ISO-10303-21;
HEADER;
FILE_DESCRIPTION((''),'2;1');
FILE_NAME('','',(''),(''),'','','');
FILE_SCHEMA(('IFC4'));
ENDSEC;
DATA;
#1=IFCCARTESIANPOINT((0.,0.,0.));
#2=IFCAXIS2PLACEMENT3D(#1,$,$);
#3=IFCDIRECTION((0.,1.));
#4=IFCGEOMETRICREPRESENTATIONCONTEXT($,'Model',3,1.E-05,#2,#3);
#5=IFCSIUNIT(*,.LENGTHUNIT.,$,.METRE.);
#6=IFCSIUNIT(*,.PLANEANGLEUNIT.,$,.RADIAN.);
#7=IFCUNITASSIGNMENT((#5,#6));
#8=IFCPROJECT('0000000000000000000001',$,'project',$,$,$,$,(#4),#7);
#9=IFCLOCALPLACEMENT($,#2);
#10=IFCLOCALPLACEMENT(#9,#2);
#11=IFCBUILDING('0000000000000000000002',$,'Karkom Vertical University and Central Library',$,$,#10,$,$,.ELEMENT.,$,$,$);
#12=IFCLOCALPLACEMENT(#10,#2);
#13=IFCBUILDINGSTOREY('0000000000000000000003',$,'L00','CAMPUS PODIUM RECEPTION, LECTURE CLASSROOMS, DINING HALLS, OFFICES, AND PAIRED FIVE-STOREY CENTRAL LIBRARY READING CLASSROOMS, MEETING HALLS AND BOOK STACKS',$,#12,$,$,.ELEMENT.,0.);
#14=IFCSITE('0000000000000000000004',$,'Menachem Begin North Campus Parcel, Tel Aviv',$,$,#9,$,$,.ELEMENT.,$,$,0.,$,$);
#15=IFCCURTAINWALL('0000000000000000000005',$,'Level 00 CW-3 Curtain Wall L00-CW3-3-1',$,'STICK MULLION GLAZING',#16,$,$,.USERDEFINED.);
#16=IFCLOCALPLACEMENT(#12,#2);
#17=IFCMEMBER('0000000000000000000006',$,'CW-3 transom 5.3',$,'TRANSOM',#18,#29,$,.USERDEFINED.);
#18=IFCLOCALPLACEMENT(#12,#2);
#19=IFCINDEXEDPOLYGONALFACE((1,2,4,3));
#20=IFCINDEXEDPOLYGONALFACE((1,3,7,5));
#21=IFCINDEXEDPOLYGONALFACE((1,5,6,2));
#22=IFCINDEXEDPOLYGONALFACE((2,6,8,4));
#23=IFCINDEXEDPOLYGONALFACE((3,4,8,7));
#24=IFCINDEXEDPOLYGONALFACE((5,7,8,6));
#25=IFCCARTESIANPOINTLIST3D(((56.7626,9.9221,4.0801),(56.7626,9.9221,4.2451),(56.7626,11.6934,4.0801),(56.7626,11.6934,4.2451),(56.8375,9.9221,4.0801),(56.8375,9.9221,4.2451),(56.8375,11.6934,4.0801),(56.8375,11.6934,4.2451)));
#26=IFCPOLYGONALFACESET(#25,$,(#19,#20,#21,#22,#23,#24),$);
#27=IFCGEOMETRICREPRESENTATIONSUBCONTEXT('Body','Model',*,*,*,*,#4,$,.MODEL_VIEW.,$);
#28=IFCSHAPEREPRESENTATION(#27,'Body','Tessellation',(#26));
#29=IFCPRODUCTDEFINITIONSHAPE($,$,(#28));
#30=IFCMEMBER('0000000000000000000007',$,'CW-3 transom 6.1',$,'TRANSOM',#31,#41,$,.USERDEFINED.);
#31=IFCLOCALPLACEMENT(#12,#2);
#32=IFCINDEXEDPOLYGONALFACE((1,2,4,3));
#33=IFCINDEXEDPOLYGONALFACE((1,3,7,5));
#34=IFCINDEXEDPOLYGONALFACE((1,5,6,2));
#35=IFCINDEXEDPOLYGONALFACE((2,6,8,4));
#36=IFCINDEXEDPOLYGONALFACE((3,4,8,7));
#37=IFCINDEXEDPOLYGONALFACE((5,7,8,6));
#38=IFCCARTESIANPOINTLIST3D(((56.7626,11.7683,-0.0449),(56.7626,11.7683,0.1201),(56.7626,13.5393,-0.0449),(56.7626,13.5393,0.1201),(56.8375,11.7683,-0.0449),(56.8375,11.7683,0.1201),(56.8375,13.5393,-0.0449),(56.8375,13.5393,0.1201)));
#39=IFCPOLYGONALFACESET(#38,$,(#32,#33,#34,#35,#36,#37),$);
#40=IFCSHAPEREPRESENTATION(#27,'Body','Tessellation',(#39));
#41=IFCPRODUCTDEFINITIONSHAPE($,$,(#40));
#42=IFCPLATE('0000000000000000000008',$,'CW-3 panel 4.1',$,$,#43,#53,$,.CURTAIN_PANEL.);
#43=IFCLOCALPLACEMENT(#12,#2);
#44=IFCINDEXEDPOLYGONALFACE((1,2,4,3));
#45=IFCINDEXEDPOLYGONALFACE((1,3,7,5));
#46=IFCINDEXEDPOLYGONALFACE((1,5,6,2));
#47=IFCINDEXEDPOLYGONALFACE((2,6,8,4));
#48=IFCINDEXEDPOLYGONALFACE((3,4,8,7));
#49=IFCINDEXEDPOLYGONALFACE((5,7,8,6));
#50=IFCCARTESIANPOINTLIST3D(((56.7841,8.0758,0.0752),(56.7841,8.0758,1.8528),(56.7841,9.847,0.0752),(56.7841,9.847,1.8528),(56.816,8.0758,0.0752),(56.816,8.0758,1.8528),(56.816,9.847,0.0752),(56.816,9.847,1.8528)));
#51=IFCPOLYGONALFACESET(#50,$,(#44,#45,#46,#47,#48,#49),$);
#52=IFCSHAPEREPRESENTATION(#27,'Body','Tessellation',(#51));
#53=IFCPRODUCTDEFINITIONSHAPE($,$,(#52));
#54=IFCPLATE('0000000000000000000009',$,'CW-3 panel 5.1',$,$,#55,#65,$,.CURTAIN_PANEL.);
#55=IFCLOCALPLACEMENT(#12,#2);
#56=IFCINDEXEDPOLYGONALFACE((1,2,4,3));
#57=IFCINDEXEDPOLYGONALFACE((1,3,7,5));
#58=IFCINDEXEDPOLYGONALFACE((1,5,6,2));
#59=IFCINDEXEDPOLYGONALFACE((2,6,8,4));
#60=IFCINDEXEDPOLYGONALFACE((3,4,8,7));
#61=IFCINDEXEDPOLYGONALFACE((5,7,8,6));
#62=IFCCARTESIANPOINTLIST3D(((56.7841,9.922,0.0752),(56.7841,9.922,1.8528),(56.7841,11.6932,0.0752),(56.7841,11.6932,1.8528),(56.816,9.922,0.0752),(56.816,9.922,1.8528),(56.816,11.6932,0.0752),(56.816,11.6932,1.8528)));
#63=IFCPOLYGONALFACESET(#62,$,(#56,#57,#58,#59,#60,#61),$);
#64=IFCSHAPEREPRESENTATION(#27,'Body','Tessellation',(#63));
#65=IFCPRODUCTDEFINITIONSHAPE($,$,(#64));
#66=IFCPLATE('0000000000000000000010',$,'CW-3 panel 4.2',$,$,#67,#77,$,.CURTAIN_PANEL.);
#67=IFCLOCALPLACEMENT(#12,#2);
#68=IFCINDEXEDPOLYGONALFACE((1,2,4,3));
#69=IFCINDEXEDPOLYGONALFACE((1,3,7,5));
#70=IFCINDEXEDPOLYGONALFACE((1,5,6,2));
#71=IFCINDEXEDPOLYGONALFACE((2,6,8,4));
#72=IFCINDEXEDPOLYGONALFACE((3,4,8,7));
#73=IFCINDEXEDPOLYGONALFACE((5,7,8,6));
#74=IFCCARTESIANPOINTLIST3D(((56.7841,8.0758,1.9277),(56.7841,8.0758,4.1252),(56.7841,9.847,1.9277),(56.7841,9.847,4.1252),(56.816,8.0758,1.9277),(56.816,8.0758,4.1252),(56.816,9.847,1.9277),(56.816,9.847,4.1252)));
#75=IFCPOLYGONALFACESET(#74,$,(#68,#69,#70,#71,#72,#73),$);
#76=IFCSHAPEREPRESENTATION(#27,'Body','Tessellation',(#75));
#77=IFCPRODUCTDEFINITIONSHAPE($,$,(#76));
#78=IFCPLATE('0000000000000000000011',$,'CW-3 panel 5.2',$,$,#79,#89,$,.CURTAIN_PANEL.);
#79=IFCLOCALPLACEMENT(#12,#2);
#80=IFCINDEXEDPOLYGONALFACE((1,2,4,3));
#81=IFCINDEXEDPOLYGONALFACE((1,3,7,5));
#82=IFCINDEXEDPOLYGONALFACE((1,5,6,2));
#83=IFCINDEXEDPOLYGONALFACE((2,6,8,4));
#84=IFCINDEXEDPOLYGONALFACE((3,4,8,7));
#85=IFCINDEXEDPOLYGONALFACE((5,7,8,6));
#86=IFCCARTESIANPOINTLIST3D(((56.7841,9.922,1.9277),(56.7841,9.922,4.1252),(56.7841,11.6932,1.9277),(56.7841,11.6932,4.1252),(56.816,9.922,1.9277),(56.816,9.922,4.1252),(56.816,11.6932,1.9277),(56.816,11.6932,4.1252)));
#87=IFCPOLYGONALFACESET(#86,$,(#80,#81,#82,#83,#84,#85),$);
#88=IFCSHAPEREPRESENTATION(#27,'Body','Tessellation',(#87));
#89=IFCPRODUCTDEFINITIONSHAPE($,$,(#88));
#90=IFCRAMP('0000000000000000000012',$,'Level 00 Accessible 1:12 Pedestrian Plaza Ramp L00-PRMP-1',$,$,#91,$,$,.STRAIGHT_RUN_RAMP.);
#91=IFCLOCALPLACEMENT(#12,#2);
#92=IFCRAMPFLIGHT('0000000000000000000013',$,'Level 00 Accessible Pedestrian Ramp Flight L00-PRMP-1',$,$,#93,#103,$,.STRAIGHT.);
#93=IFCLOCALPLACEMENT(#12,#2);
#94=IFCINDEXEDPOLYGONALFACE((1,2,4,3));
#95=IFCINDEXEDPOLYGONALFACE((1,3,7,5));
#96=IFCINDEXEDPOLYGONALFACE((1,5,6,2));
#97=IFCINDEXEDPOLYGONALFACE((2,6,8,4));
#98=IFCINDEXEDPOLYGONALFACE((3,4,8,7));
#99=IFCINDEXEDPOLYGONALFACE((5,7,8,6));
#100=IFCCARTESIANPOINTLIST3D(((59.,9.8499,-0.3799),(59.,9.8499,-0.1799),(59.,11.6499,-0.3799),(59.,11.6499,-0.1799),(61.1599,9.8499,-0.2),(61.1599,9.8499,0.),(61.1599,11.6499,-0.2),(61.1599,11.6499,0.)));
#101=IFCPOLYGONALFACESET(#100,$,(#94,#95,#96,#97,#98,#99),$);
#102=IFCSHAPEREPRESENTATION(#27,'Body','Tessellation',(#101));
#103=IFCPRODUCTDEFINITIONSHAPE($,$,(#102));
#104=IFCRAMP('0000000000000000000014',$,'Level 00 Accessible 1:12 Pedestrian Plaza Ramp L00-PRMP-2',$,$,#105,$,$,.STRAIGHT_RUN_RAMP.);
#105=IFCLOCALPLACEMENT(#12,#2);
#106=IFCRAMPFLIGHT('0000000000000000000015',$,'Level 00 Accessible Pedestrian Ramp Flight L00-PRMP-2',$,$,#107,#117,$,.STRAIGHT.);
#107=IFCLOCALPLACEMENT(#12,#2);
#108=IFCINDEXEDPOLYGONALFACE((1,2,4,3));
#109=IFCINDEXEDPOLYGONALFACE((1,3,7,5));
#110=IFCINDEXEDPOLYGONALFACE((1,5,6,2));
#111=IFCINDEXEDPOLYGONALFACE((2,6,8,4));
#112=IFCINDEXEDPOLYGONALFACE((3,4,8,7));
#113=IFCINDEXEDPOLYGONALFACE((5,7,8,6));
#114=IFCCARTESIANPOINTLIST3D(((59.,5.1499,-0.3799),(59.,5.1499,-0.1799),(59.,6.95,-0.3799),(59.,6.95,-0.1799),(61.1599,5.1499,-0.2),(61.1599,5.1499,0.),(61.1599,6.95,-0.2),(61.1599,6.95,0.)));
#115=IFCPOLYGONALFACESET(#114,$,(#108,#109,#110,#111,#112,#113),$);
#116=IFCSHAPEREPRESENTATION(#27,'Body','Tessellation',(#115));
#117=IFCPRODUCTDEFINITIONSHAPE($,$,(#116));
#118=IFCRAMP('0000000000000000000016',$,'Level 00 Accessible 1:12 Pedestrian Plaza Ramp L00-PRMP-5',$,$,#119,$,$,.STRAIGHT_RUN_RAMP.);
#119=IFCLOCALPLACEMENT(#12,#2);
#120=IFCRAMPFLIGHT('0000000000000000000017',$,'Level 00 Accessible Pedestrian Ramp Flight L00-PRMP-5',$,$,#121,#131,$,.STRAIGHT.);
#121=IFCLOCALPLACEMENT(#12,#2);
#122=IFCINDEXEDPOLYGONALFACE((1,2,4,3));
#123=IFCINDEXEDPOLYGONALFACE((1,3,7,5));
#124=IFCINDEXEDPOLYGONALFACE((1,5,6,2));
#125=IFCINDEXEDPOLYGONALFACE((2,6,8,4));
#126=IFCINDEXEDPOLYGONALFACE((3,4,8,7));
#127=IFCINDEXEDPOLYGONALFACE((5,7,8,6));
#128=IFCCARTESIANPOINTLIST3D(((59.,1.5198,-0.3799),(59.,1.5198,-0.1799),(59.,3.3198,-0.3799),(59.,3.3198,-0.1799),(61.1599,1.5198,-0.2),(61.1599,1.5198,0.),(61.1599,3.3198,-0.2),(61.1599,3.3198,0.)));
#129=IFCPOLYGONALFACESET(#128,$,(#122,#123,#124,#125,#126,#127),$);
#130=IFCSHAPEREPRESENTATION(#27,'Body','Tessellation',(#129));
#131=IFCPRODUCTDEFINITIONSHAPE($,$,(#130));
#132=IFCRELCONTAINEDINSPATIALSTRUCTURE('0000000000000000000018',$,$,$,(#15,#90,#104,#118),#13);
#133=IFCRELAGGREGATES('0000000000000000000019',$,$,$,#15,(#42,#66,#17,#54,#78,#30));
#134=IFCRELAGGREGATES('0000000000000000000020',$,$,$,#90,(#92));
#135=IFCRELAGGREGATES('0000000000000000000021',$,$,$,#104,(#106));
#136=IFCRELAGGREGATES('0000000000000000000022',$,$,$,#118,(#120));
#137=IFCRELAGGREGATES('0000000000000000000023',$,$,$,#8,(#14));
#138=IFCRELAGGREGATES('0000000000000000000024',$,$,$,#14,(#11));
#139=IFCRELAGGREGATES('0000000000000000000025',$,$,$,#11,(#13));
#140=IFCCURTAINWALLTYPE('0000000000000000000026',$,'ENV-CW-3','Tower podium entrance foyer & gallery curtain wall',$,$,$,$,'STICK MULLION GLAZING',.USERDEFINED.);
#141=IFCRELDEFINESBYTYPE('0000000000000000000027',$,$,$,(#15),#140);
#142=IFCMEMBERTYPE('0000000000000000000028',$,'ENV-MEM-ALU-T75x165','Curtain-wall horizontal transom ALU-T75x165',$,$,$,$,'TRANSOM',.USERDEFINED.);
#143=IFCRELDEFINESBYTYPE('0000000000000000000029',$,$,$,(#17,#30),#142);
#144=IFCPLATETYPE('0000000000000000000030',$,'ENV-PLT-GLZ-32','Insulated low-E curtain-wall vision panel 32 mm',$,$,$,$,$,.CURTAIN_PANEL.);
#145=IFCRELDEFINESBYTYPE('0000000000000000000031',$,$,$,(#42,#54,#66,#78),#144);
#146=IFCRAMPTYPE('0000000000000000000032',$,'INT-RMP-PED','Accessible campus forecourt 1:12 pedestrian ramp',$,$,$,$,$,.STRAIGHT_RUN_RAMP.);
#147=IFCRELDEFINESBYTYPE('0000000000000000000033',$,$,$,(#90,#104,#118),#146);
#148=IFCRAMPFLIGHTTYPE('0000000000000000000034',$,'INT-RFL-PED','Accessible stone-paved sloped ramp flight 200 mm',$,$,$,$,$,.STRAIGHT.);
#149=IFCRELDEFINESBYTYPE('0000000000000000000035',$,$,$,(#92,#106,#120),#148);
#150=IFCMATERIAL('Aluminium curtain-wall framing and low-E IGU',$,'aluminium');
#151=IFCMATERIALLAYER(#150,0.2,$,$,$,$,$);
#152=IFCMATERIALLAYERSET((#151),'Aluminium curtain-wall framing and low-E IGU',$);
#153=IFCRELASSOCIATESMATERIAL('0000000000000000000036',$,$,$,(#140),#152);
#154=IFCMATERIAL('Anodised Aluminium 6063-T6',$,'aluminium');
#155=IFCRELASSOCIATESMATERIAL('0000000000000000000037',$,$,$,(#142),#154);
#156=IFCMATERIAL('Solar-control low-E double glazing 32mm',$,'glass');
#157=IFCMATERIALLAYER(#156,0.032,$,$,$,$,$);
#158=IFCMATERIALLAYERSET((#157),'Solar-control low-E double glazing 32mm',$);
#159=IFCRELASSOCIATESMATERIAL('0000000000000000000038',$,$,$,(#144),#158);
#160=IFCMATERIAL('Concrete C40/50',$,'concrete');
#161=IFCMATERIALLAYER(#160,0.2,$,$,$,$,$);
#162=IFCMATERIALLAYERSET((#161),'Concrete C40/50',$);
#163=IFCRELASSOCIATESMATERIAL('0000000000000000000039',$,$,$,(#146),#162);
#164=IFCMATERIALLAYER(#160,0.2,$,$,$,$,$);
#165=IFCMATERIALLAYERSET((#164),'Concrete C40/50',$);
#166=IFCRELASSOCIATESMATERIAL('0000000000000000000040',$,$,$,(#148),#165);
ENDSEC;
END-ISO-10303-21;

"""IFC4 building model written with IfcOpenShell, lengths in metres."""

from ifc_helpers import new_model, si_unit, direction, frame, origin, origin_with_axes, origin_2d, place, context, subcontext, project, spatial, polyline, rectangle, outline, extrude, source, transform, mapped, material, layer, layer_set, material_profile, profile_set, type_object, element, aggregate, save


model = new_model("IFC4")

# Units and contexts
model_context = context("Model", 3, precision=1e-05, world=origin(), true_north=direction((0.0, 1.0)))
body_context = subcontext(model_context, "Body", "Model", "MODEL_VIEW")
ifc_project = project(units=[si_unit("LENGTHUNIT", "METRE"), si_unit("PLANEANGLEUNIT", "RADIAN")], contexts=[model_context])

# Site, building, storey
site_placement = place(None, origin())
site = spatial("IfcSite", under=ifc_project, at=site_placement, Name="Menachem Begin North Campus Parcel, Tel Aviv", CompositionType="ELEMENT", RefElevation=0.0)
building_placement = place(site_placement, origin())
building = spatial("IfcBuilding", under=site, at=building_placement, Name="Karkom Vertical University and Central Library", CompositionType="ELEMENT")
storey_placement = place(building_placement, origin())
storey = spatial("IfcBuildingStorey", under=building, at=storey_placement, Name="L00", Description="CAMPUS PODIUM RECEPTION, LECTURE CLASSROOMS, DINING HALLS, OFFICES, AND PAIRED FIVE-STOREY CENTRAL LIBRARY READING CLASSROOMS, MEETING HALLS AND BOOK STACKS", CompositionType="ELEMENT", Elevation=0.0)

# Shared definitions
ifc_material_1 = material(Name="Concrete C40/50", Category="concrete")

# Curtain wall, members, plates
ifc_material_2 = material(Name="Aluminium curtain-wall framing and low-E IGU", Category="aluminium")
ifc_layer_1 = layer(ifc_material_2, 0.2)
ifc_layer_set_1 = layer_set([ifc_layer_1], Name="Aluminium curtain-wall framing and low-E IGU")
curtain_wall_type = type_object("IfcCurtainWallType", Name="ENV-CW-3", Description="Tower podium entrance foyer & gallery curtain wall", ElementType="STICK MULLION GLAZING", PredefinedType="USERDEFINED", material=ifc_layer_set_1)
curtain_wall_placement = place(storey_placement, origin())
curtain_wall = element("IfcCurtainWall", 1, at=curtain_wall_placement, inside=storey, type_object=curtain_wall_type, Name="Level 00 CW-3 Curtain Wall L00-CW3-3-1", ObjectType="STICK MULLION GLAZING", PredefinedType="USERDEFINED")
ifc_material_3 = material(Name="Anodised Aluminium 6063-T6", Category="aluminium")
ifc_material_profile_1 = material_profile(ifc_material_3, rectangle(XDim=0.075, YDim=0.165, at=origin_2d()), Name="ALU-T75x165")
ifc_profile_set_1 = profile_set([ifc_material_profile_1], Name="Anodised Aluminium 6063-T6")
member_type_1 = type_object("IfcMemberType", Name="ENV-MEM-ALU-T75x165", Description="Curtain-wall horizontal transom ALU-T75x165", ElementType="TRANSOM", PredefinedType="USERDEFINED", material=ifc_profile_set_1)
shared_shape_1 = source(origin_with_axes(), body_context, "Body", "SweptSolid", [
    extrude(rectangle(XDim=0.075, YDim=0.165, at=origin_2d()), origin(), (0.0, 0.0, 1.0), 1.7712),
])
member_1_placement = place(storey_placement, frame((56.8, 9.9221, 4.1626), z_axis=(0.0, 1.0, 0.0), x_axis=(-1.0, 0.0, 0.0)))
member_1 = element("IfcMember", 2, at=member_1_placement, type_object=member_type_1, Name="CW-3 transom 5.3", ObjectType="TRANSOM", PredefinedType="USERDEFINED", context=body_context, shape_type="MappedRepresentation", body=[
    mapped(shared_shape_1, transform((0.0, 0.0, 0.0), scale=1.0)),
])
shared_shape_2 = source(origin_with_axes(), body_context, "Body", "SweptSolid", [
    extrude(rectangle(XDim=0.075, YDim=0.165, at=origin_2d()), origin(), (0.0, 0.0, 1.0), 1.771),
])
member_2_placement = place(storey_placement, frame((56.8, 11.7683, 0.0376), z_axis=(0.0, 1.0, 0.0), x_axis=(-1.0, 0.0, 0.0)))
member_2 = element("IfcMember", 3, at=member_2_placement, type_object=member_type_1, Name="CW-3 transom 6.1", ObjectType="TRANSOM", PredefinedType="USERDEFINED", context=body_context, shape_type="MappedRepresentation", body=[
    mapped(shared_shape_2, transform((0.0, 0.0, 0.0), scale=1.0)),
])
ifc_material_4 = material(Name="Solar-control low-E double glazing 32mm", Category="glass")
ifc_layer_2 = layer(ifc_material_4, 0.032)
ifc_layer_set_2 = layer_set([ifc_layer_2], Name="Solar-control low-E double glazing 32mm")
plate_type = type_object("IfcPlateType", Name="ENV-PLT-GLZ-32", Description="Insulated low-E curtain-wall vision panel 32 mm", PredefinedType="CURTAIN_PANEL", material=ifc_layer_set_2)
shared_shape_3 = source(origin_with_axes(), body_context, "Body", "SweptSolid", [
    extrude(rectangle(XDim=1.7712, YDim=0.032, at=origin_2d()), origin(), (0.0, 0.0, 1.0), 1.7776),
])
plate_1_placement = place(storey_placement, frame((56.8, 8.9614, 0.0752), z_axis=(0.0, 0.0, 1.0), x_axis=(0.0, 1.0, 0.0)))
plate_1 = element("IfcPlate", 4, at=plate_1_placement, type_object=plate_type, Name="CW-3 panel 4.1", PredefinedType="CURTAIN_PANEL", context=body_context, shape_type="MappedRepresentation", body=[
    mapped(shared_shape_3, transform((0.0, 0.0, 0.0), scale=1.0)),
])
plate_2_placement = place(storey_placement, frame((56.8, 10.8076, 0.0752), z_axis=(0.0, 0.0, 1.0), x_axis=(0.0, 1.0, 0.0)))
plate_2 = element("IfcPlate", 5, at=plate_2_placement, type_object=plate_type, Name="CW-3 panel 5.1", PredefinedType="CURTAIN_PANEL", context=body_context, shape_type="MappedRepresentation", body=[
    mapped(shared_shape_3, transform((0.0, 0.0, 0.0), scale=1.0)),
])
shared_shape_4 = source(origin_with_axes(), body_context, "Body", "SweptSolid", [
    extrude(rectangle(XDim=1.7712, YDim=0.032, at=origin_2d()), origin(), (0.0, 0.0, 1.0), 2.1975),
])
plate_3_placement = place(storey_placement, frame((56.8, 8.9614, 1.9277), z_axis=(0.0, 0.0, 1.0), x_axis=(0.0, 1.0, 0.0)))
plate_3 = element("IfcPlate", 6, at=plate_3_placement, type_object=plate_type, Name="CW-3 panel 4.2", PredefinedType="CURTAIN_PANEL", context=body_context, shape_type="MappedRepresentation", body=[
    mapped(shared_shape_4, transform((0.0, 0.0, 0.0), scale=1.0)),
])
plate_4_placement = place(storey_placement, frame((56.8, 10.8076, 1.9277), z_axis=(0.0, 0.0, 1.0), x_axis=(0.0, 1.0, 0.0)))
plate_4 = element("IfcPlate", 7, at=plate_4_placement, type_object=plate_type, Name="CW-3 panel 5.2", PredefinedType="CURTAIN_PANEL", context=body_context, shape_type="MappedRepresentation", body=[
    mapped(shared_shape_4, transform((0.0, 0.0, 0.0), scale=1.0)),
])
aggregate(curtain_wall, [plate_1, plate_3, member_1, plate_2, plate_4, member_2])

# Ramps, ramp flights
ifc_layer_3 = layer(ifc_material_1, 0.2)
ifc_layer_set_3 = layer_set([ifc_layer_3], Name="Concrete C40/50")
ramp_type = type_object("IfcRampType", Name="INT-RMP-PED", Description="Accessible campus forecourt 1:12 pedestrian ramp", PredefinedType="STRAIGHT_RUN_RAMP", material=ifc_layer_set_3)
ramp_1_placement = place(storey_placement, origin())
ramp_1 = element("IfcRamp", 8, at=ramp_1_placement, inside=storey, type_object=ramp_type, Name="Level 00 Accessible 1:12 Pedestrian Plaza Ramp L00-PRMP-1", PredefinedType="STRAIGHT_RUN_RAMP")
ifc_layer_4 = layer(ifc_material_1, 0.2)
ifc_layer_set_4 = layer_set([ifc_layer_4], Name="Concrete C40/50")
ramp_flight_type = type_object("IfcRampFlightType", Name="INT-RFL-PED", Description="Accessible stone-paved sloped ramp flight 200 mm", PredefinedType="STRAIGHT", material=ifc_layer_set_4)
ramp_flight_1_placement = place(storey_placement, frame((59.0, 10.75, -0.1799), z_axis=(0.0, 0.0, 1.0), x_axis=(1.0, 0.0, 0.0)))
ramp_flight_1 = element("IfcRampFlight", 9, at=ramp_flight_1_placement, type_object=ramp_flight_type, Name="Level 00 Accessible Pedestrian Ramp Flight L00-PRMP-1", PredefinedType="STRAIGHT", context=body_context, shape_type="SweptSolid", body=[
    extrude(outline(polyline([(0.0, 0.0), (2.1599, 0.1799), (2.1599, -0.02), (0.0, -0.2), (0.0, 0.0)])), frame((0.0, 0.8999, 0.0), z_axis=(0.0, -1.0, 0.0), x_axis=(1.0, 0.0, 0.0)), (0.0, 0.0, 1.0), 1.8),
])
aggregate(ramp_1, [ramp_flight_1])
ramp_2_placement = place(storey_placement, origin())
ramp_2 = element("IfcRamp", 10, at=ramp_2_placement, inside=storey, type_object=ramp_type, Name="Level 00 Accessible 1:12 Pedestrian Plaza Ramp L00-PRMP-2", PredefinedType="STRAIGHT_RUN_RAMP")
ramp_flight_2_placement = place(storey_placement, frame((59.0, 6.05, -0.1799), z_axis=(0.0, 0.0, 1.0), x_axis=(1.0, 0.0, 0.0)))
ramp_flight_2 = element("IfcRampFlight", 11, at=ramp_flight_2_placement, type_object=ramp_flight_type, Name="Level 00 Accessible Pedestrian Ramp Flight L00-PRMP-2", PredefinedType="STRAIGHT", context=body_context, shape_type="SweptSolid", body=[
    extrude(outline(polyline([(0.0, 0.0), (2.1599, 0.1799), (2.1599, -0.02), (0.0, -0.2), (0.0, 0.0)])), frame((0.0, 0.8999, 0.0), z_axis=(0.0, -1.0, 0.0), x_axis=(1.0, 0.0, 0.0)), (0.0, 0.0, 1.0), 1.8),
])
aggregate(ramp_2, [ramp_flight_2])
ramp_3_placement = place(storey_placement, origin())
ramp_3 = element("IfcRamp", 12, at=ramp_3_placement, inside=storey, type_object=ramp_type, Name="Level 00 Accessible 1:12 Pedestrian Plaza Ramp L00-PRMP-5", PredefinedType="STRAIGHT_RUN_RAMP")
ramp_flight_3_placement = place(storey_placement, frame((59.0, 2.4199, -0.1799), z_axis=(0.0, 0.0, 1.0), x_axis=(1.0, 0.0, 0.0)))
ramp_flight_3 = element("IfcRampFlight", 13, at=ramp_flight_3_placement, type_object=ramp_flight_type, Name="Level 00 Accessible Pedestrian Ramp Flight L00-PRMP-5", PredefinedType="STRAIGHT", context=body_context, shape_type="SweptSolid", body=[
    extrude(outline(polyline([(0.0, 0.0), (2.1599, 0.1799), (2.1599, -0.02), (0.0, -0.2), (0.0, 0.0)])), frame((0.0, 0.8999, 0.0), z_axis=(0.0, -1.0, 0.0), x_axis=(1.0, 0.0, 0.0)), (0.0, 0.0, 1.0), 1.8),
])
aggregate(ramp_3, [ramp_flight_3])

save(model, "model.ifc")
